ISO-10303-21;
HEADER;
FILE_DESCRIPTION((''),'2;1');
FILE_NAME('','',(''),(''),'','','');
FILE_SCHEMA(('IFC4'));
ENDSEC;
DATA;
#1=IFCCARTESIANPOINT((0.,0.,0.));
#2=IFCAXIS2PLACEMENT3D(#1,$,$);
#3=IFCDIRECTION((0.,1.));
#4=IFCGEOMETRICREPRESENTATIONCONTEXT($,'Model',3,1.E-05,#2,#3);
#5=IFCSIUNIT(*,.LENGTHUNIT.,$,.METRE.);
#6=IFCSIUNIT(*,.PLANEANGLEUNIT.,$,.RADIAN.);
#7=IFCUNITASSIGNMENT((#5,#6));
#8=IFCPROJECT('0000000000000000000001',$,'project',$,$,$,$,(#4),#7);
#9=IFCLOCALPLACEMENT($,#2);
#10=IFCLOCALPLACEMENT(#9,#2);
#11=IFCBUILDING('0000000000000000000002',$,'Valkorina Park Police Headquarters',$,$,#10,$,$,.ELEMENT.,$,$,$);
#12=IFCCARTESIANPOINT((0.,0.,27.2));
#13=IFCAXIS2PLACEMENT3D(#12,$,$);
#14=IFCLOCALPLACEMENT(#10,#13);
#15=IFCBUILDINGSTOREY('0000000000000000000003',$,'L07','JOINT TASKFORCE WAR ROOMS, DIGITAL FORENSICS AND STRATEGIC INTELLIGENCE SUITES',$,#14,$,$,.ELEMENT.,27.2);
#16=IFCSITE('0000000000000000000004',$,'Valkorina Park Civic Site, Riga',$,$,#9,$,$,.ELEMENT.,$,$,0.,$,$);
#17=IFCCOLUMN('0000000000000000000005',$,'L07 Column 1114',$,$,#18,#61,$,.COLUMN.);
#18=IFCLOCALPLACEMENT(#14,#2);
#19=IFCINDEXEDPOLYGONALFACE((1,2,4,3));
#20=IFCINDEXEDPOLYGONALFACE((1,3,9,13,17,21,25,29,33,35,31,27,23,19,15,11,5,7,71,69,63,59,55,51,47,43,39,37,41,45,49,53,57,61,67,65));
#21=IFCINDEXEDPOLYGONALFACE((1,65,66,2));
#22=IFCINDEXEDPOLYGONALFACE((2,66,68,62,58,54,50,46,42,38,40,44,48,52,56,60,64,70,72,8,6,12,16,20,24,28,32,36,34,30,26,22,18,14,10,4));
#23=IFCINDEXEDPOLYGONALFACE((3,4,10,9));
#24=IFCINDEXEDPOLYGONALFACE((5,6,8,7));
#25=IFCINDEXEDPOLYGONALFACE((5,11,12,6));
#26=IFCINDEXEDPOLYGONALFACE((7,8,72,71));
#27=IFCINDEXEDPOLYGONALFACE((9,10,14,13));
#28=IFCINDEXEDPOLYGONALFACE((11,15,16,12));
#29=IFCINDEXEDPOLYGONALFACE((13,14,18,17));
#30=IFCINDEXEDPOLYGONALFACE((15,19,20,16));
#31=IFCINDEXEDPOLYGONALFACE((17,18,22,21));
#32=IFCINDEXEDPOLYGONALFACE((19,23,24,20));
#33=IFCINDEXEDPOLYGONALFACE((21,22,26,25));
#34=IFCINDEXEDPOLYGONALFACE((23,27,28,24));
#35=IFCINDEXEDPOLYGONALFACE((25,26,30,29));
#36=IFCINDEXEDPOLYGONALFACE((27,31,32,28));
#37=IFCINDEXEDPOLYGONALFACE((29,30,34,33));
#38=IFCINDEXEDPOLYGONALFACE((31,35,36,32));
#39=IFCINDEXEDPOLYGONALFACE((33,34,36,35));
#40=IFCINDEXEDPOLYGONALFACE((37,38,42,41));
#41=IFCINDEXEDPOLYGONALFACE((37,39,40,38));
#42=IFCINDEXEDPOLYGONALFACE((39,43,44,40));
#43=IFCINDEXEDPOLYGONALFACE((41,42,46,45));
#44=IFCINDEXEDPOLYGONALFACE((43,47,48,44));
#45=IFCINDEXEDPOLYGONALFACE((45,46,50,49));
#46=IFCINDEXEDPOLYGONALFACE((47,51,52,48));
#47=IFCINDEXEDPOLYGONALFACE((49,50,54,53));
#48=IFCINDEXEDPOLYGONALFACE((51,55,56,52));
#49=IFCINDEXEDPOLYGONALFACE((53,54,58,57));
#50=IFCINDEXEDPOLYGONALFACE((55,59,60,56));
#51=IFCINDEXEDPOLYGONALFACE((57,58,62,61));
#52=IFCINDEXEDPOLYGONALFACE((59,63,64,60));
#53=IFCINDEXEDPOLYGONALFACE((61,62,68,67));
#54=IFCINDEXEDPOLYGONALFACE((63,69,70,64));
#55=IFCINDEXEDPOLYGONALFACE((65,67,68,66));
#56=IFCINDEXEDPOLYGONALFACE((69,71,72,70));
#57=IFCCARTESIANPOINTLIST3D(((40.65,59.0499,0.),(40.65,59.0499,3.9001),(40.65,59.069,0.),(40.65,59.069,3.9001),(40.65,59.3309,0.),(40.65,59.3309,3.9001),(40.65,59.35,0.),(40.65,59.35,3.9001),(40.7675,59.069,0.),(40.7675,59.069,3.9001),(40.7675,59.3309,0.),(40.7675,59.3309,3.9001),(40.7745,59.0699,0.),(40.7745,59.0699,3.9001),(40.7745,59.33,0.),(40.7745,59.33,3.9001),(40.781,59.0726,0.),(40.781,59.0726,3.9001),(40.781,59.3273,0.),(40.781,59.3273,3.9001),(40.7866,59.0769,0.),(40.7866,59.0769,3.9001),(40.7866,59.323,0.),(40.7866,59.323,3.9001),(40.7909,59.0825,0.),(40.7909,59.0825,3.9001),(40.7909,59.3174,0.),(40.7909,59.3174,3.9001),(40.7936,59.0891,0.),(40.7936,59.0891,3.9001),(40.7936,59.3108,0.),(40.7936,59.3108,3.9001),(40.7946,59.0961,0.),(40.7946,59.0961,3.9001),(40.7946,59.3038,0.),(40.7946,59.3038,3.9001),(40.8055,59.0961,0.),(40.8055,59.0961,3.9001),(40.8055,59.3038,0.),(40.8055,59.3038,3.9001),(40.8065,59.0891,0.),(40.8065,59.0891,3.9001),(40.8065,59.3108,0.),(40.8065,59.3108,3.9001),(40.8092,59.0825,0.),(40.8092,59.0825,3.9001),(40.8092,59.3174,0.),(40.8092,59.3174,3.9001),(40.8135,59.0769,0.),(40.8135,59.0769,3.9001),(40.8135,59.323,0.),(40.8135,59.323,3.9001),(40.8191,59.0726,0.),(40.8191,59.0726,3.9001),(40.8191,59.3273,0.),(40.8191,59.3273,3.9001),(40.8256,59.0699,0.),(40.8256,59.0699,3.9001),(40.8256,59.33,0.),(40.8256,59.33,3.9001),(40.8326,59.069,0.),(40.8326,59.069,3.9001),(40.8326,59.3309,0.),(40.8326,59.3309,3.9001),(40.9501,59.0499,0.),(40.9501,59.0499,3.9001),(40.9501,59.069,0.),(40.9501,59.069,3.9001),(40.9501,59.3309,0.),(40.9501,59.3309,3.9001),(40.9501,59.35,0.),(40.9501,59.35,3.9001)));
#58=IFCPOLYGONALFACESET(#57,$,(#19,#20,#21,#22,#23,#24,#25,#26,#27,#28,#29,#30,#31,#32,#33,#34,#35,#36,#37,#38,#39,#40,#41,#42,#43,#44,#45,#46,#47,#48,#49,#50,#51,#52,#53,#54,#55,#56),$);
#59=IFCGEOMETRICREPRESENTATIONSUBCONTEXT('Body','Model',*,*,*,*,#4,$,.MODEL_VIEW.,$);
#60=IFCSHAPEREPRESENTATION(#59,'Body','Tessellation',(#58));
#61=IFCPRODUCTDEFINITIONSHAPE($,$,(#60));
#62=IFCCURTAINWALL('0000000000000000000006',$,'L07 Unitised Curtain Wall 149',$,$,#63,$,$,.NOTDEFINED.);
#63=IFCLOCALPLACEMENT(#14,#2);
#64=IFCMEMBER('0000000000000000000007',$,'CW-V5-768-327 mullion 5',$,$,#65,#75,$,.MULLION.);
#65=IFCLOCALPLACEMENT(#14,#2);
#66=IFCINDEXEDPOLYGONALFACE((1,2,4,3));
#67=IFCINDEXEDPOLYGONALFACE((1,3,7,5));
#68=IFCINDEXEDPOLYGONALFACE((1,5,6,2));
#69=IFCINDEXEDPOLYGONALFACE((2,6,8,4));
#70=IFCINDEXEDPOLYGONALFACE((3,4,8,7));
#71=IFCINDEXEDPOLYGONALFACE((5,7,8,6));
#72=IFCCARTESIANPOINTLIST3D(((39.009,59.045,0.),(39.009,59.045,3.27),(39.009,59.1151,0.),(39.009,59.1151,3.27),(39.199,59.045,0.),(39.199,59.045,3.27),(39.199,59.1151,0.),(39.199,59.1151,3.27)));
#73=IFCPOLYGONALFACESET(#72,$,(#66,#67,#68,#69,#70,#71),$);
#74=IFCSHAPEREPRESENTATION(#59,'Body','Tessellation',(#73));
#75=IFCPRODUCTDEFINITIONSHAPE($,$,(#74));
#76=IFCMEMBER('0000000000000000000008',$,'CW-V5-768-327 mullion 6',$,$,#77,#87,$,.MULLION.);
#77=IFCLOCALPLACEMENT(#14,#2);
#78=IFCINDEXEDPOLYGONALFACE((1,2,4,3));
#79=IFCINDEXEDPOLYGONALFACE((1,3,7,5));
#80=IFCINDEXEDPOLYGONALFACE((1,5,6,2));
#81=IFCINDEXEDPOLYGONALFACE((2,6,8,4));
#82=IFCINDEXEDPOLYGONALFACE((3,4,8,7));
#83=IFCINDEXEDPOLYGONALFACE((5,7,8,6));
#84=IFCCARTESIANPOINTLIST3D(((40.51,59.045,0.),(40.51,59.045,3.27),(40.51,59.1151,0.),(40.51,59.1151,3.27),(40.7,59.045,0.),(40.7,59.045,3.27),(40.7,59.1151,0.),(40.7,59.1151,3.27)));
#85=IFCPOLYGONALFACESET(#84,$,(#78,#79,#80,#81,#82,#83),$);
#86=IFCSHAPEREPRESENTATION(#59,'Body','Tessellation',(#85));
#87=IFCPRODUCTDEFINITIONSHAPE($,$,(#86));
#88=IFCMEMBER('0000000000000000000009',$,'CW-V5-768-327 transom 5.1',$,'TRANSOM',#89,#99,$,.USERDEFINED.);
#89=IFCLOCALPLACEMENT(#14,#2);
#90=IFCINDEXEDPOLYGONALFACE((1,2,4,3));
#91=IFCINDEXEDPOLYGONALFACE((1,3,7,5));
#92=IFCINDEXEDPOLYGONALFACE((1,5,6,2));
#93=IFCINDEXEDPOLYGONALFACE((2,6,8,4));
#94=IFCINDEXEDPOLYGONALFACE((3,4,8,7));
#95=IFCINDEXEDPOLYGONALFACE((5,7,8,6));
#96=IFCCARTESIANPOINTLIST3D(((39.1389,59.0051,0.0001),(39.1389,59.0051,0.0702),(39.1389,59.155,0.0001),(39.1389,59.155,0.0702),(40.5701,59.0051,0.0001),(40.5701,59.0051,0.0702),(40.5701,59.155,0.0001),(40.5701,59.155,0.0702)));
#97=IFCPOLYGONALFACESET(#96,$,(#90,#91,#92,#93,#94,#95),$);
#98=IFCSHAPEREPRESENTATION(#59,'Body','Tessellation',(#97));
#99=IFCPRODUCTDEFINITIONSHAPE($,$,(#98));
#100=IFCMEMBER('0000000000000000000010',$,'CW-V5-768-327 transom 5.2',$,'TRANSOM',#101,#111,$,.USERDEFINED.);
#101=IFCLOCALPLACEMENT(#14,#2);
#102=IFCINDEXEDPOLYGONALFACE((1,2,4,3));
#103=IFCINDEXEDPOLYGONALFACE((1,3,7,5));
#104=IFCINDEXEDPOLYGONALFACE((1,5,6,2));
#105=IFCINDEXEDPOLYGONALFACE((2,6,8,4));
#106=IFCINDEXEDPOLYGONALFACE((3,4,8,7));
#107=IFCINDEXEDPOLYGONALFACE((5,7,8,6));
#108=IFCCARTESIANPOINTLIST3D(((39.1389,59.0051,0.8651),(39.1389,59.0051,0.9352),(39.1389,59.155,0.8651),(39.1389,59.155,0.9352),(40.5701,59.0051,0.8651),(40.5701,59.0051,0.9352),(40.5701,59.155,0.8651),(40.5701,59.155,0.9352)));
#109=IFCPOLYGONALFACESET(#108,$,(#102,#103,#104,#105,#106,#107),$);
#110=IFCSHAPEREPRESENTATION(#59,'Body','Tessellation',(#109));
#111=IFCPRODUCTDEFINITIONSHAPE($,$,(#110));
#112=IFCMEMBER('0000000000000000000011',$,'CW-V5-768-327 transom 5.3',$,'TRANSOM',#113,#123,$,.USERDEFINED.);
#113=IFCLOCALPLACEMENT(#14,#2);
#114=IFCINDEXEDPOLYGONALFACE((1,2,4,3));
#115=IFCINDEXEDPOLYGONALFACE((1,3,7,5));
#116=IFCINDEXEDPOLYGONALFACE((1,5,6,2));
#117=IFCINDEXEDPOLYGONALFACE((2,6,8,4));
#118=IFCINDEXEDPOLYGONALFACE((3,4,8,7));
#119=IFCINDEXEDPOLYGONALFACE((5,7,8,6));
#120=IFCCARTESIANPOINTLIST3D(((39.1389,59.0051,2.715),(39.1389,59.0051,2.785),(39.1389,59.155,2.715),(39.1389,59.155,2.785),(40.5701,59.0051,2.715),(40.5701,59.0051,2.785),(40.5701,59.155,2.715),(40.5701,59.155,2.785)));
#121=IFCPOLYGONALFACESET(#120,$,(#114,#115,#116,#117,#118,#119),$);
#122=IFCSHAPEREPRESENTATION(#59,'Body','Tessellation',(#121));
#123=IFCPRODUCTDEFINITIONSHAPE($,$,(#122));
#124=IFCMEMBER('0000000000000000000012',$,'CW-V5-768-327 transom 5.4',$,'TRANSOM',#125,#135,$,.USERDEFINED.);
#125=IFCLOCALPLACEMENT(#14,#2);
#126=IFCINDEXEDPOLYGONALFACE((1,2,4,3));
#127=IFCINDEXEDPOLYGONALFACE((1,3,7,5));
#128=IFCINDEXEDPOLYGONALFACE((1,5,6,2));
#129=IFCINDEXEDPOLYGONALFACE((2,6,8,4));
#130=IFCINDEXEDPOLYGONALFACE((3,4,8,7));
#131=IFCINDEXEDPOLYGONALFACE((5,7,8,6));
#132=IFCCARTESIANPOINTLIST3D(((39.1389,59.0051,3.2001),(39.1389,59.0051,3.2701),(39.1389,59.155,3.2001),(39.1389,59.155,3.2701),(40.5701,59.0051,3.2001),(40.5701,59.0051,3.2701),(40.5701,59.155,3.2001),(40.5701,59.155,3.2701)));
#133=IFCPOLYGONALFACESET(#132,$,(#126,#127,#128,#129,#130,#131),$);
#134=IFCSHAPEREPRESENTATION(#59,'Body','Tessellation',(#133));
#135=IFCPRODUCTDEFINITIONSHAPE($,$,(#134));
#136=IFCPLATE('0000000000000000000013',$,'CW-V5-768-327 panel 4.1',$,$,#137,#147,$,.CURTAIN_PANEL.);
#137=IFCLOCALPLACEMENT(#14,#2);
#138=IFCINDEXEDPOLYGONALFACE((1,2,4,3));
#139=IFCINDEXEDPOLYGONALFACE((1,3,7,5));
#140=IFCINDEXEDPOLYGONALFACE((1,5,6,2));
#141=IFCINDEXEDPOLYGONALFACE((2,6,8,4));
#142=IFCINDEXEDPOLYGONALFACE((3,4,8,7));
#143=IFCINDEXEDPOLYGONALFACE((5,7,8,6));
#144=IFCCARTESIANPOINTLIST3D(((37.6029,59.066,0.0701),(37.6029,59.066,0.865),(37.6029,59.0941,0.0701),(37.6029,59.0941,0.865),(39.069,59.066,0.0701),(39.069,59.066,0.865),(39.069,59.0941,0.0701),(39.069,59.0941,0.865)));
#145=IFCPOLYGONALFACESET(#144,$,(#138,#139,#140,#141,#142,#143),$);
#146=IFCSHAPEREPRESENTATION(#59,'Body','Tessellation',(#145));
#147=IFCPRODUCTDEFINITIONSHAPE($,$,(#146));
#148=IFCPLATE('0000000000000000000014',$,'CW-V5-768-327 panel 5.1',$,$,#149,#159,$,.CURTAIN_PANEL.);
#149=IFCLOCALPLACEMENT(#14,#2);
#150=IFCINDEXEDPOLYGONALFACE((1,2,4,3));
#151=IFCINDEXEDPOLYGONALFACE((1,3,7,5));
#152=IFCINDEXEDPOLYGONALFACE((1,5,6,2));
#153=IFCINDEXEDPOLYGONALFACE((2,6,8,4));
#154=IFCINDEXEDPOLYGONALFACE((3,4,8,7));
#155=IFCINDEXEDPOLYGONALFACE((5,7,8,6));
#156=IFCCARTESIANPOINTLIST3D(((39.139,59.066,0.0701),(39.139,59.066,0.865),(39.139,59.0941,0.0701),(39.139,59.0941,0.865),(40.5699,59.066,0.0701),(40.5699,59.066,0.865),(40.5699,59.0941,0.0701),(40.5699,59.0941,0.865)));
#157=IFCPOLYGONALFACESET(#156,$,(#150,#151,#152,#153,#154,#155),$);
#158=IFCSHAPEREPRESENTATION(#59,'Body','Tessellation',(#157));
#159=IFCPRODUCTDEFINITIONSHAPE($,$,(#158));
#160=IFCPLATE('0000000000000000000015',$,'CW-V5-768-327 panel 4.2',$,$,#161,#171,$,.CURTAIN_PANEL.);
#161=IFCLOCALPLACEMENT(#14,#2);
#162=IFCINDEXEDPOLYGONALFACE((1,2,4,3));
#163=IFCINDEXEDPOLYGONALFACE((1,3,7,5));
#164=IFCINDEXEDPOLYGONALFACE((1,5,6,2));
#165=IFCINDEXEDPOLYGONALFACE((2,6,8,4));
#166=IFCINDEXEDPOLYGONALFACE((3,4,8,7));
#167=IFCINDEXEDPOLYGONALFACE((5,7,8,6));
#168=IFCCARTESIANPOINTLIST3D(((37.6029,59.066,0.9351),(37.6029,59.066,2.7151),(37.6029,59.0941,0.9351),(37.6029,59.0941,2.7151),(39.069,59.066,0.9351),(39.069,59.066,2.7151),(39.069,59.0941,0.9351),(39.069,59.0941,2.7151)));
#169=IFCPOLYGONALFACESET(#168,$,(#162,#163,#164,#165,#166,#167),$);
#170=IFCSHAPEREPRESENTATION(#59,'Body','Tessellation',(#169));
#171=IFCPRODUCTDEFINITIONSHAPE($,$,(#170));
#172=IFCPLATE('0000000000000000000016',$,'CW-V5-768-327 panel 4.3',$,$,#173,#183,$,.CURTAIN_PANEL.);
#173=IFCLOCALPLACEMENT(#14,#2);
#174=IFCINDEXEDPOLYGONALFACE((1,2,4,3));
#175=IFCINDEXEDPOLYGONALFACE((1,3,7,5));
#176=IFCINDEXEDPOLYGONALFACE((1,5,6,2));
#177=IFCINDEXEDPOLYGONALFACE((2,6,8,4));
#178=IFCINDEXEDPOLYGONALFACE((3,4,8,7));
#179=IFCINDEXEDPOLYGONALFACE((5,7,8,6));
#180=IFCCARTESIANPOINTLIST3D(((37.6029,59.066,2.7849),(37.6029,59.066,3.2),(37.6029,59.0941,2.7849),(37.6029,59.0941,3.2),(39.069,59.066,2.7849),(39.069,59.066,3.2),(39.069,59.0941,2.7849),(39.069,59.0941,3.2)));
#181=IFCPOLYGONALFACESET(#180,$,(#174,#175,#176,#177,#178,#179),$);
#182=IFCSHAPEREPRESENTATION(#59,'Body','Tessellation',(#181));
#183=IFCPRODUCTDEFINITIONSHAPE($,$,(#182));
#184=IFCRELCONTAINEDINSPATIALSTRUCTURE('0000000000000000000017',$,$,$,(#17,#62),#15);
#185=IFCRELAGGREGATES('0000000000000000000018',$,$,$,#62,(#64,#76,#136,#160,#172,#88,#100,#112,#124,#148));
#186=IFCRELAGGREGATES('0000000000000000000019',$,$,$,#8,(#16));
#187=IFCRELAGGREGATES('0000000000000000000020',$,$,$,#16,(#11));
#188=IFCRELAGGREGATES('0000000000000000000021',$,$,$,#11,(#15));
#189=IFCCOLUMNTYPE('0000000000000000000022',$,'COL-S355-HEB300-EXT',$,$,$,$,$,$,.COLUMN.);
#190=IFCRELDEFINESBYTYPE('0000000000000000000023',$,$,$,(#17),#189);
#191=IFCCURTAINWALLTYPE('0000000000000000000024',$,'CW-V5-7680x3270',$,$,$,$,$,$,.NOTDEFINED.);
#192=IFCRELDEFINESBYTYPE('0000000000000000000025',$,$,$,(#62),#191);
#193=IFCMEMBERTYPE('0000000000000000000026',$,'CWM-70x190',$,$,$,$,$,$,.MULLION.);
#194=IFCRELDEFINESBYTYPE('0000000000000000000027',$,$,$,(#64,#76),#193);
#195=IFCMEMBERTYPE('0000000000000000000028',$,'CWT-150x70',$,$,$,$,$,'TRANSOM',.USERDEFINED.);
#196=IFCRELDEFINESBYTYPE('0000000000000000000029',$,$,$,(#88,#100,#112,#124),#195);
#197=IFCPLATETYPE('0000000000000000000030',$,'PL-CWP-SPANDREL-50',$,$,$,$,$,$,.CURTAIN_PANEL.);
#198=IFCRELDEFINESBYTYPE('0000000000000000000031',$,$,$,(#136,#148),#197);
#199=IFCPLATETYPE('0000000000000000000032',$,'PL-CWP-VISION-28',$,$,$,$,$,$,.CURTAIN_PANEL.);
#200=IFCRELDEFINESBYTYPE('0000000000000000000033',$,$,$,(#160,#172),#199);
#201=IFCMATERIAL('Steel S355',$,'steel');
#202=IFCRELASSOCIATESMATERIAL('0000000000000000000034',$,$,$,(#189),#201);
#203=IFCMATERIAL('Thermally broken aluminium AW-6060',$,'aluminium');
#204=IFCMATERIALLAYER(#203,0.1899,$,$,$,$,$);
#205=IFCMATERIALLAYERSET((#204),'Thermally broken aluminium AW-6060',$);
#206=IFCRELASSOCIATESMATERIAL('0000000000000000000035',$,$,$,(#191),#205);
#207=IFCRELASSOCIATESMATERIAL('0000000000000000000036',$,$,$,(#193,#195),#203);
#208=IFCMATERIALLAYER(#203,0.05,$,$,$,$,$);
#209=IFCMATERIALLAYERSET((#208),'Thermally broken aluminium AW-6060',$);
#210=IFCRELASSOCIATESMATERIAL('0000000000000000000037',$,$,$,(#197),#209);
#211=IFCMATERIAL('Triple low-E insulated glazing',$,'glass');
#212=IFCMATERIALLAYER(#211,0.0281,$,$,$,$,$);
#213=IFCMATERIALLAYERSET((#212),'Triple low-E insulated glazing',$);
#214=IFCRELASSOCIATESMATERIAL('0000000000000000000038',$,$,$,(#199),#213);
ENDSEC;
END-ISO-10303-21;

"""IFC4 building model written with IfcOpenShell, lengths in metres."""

from ifc_helpers import new_model, si_unit, direction, frame, origin, origin_2d, place, context, subcontext, project, spatial, rectangle, i_section, extrude, material, layer, layer_set, material_profile, profile_set, type_object, element, aggregate, save


model = new_model("IFC4")

# Units and contexts
model_context = context("Model", 3, precision=1e-05, world=origin(), true_north=direction((0.0, 1.0)))
body_context = subcontext(model_context, "Body", "Model", "MODEL_VIEW")
ifc_project = project(units=[si_unit("LENGTHUNIT", "METRE"), si_unit("PLANEANGLEUNIT", "RADIAN")], contexts=[model_context])

# Site, building, storey
site_placement = place(None, origin())
site = spatial("IfcSite", under=ifc_project, at=site_placement, Name="Valkorina Park Civic Site, Riga", CompositionType="ELEMENT", RefElevation=0.0)
building_placement = place(site_placement, origin())
building = spatial("IfcBuilding", under=site, at=building_placement, Name="Valkorina Park Police Headquarters", CompositionType="ELEMENT")
storey_placement = place(building_placement, frame((0.0, 0.0, 27.2)))
storey = spatial("IfcBuildingStorey", under=building, at=storey_placement, Name="L07", Description="JOINT TASKFORCE WAR ROOMS, DIGITAL FORENSICS AND STRATEGIC INTELLIGENCE SUITES", CompositionType="ELEMENT", Elevation=27.2)

# Column
ifc_material_1 = material(Name="Steel S355", Category="steel")
ifc_material_profile_1 = material_profile(ifc_material_1, i_section(OverallWidth=0.3, OverallDepth=0.3, WebThickness=0.011, FlangeThickness=0.019, FilletRadius=0.0271, at=origin_2d()), Name="HEB 300")
ifc_profile_set_1 = profile_set([ifc_material_profile_1], Name="Steel S355")
column_type = type_object("IfcColumnType", Name="COL-S355-HEB300-EXT", PredefinedType="COLUMN", material=ifc_profile_set_1)
column_placement = place(storey_placement, frame((40.8, 59.2, 0.0), z_axis=(0.0, 0.0, 1.0), x_axis=(1.0, 0.0, 0.0)))
element("IfcColumn", 1, at=column_placement, inside=storey, type_object=column_type, Name="L07 Column 1114", PredefinedType="COLUMN", context=body_context, shape_type="SweptSolid", body=[
    extrude(i_section(OverallWidth=0.3, OverallDepth=0.3, WebThickness=0.011, FlangeThickness=0.019, FilletRadius=0.0271, at=origin_2d()), origin(), (0.0, 0.0, 1.0), 3.9001),
])

# Curtain wall, members, plates
ifc_material_2 = material(Name="Thermally broken aluminium AW-6060", Category="aluminium")
ifc_layer_1 = layer(ifc_material_2, 0.1899)
ifc_layer_set_1 = layer_set([ifc_layer_1], Name="Thermally broken aluminium AW-6060")
curtain_wall_type = type_object("IfcCurtainWallType", Name="CW-V5-7680x3270", PredefinedType="NOTDEFINED", material=ifc_layer_set_1)
curtain_wall_placement = place(storey_placement, origin())
curtain_wall = element("IfcCurtainWall", 2, at=curtain_wall_placement, inside=storey, type_object=curtain_wall_type, Name="L07 Unitised Curtain Wall 149", PredefinedType="NOTDEFINED")
ifc_material_profile_2 = material_profile(ifc_material_2, rectangle(XDim=0.0701, YDim=0.1899, at=origin_2d()), Name="CWM-02 70x190")
ifc_profile_set_2 = profile_set([ifc_material_profile_2], Name="Thermally broken aluminium AW-6060")
member_type_1 = type_object("IfcMemberType", Name="CWM-70x190", PredefinedType="MULLION", material=ifc_profile_set_2)
member_1_placement = place(storey_placement, frame((39.104, 59.0801, 0.0), z_axis=(0.0, 0.0, 1.0), x_axis=(0.0, 1.0, 0.0)))
member_1 = element("IfcMember", 3, at=member_1_placement, type_object=member_type_1, Name="CW-V5-768-327 mullion 5", PredefinedType="MULLION", context=body_context, shape_type="SweptSolid", body=[
    extrude(rectangle(XDim=0.0701, YDim=0.1899, at=origin_2d()), origin(), (0.0, 0.0, 1.0), 3.27),
])
member_2_placement = place(storey_placement, frame((40.605, 59.0801, 0.0), z_axis=(0.0, 0.0, 1.0), x_axis=(0.0, 1.0, 0.0)))
member_2 = element("IfcMember", 4, at=member_2_placement, type_object=member_type_1, Name="CW-V5-768-327 mullion 6", PredefinedType="MULLION", context=body_context, shape_type="SweptSolid", body=[
    extrude(rectangle(XDim=0.0701, YDim=0.1899, at=origin_2d()), origin(), (0.0, 0.0, 1.0), 3.27),
])
ifc_material_profile_3 = material_profile(ifc_material_2, rectangle(XDim=0.1499, YDim=0.0701, at=origin_2d()), Name="CWT-02 150x70")
ifc_profile_set_3 = profile_set([ifc_material_profile_3], Name="Thermally broken aluminium AW-6060")
member_type_2 = type_object("IfcMemberType", Name="CWT-150x70", ElementType="TRANSOM", PredefinedType="USERDEFINED", material=ifc_profile_set_3)
member_3_placement = place(storey_placement, frame((39.1389, 59.0801, 0.0352), z_axis=(1.0, 0.0, 0.0), x_axis=(0.0, 1.0, 0.0)))
member_3 = element("IfcMember", 5, at=member_3_placement, type_object=member_type_2, Name="CW-V5-768-327 transom 5.1", ObjectType="TRANSOM", PredefinedType="USERDEFINED", context=body_context, shape_type="SweptSolid", body=[
    extrude(rectangle(XDim=0.1499, YDim=0.0701, at=origin_2d()), origin(), (0.0, 0.0, 1.0), 1.4312),
])
member_4_placement = place(storey_placement, frame((39.1389, 59.0801, 0.9001), z_axis=(1.0, 0.0, 0.0), x_axis=(0.0, 1.0, 0.0)))
member_4 = element("IfcMember", 6, at=member_4_placement, type_object=member_type_2, Name="CW-V5-768-327 transom 5.2", ObjectType="TRANSOM", PredefinedType="USERDEFINED", context=body_context, shape_type="SweptSolid", body=[
    extrude(rectangle(XDim=0.1499, YDim=0.0701, at=origin_2d()), origin(), (0.0, 0.0, 1.0), 1.4312),
])
member_5_placement = place(storey_placement, frame((39.1389, 59.0801, 2.75), z_axis=(1.0, 0.0, 0.0), x_axis=(0.0, 1.0, 0.0)))
member_5 = element("IfcMember", 7, at=member_5_placement, type_object=member_type_2, Name="CW-V5-768-327 transom 5.3", ObjectType="TRANSOM", PredefinedType="USERDEFINED", context=body_context, shape_type="SweptSolid", body=[
    extrude(rectangle(XDim=0.1499, YDim=0.0701, at=origin_2d()), origin(), (0.0, 0.0, 1.0), 1.4312),
])
member_6_placement = place(storey_placement, frame((39.1389, 59.0801, 3.2351), z_axis=(1.0, 0.0, 0.0), x_axis=(0.0, 1.0, 0.0)))
member_6 = element("IfcMember", 8, at=member_6_placement, type_object=member_type_2, Name="CW-V5-768-327 transom 5.4", ObjectType="TRANSOM", PredefinedType="USERDEFINED", context=body_context, shape_type="SweptSolid", body=[
    extrude(rectangle(XDim=0.1499, YDim=0.0701, at=origin_2d()), origin(), (0.0, 0.0, 1.0), 1.4312),
])
ifc_layer_2 = layer(ifc_material_2, 0.05)
ifc_layer_set_2 = layer_set([ifc_layer_2], Name="Thermally broken aluminium AW-6060")
plate_type_1 = type_object("IfcPlateType", Name="PL-CWP-SPANDREL-50", PredefinedType="CURTAIN_PANEL", material=ifc_layer_set_2)
plate_1_placement = place(storey_placement, frame((38.3359, 59.0801, 0.0701), z_axis=(0.0, 0.0, 1.0), x_axis=(1.0, 0.0, 0.0)))
plate_1 = element("IfcPlate", 9, at=plate_1_placement, type_object=plate_type_1, Name="CW-V5-768-327 panel 4.1", PredefinedType="CURTAIN_PANEL", context=body_context, shape_type="SweptSolid", body=[
    extrude(rectangle(XDim=1.4661, YDim=0.0281, at=origin_2d()), origin(), (0.0, 0.0, 1.0), 0.7949),
])
plate_2_placement = place(storey_placement, frame((39.8545, 59.0801, 0.0701), z_axis=(0.0, 0.0, 1.0), x_axis=(1.0, 0.0, 0.0)))
plate_2 = element("IfcPlate", 10, at=plate_2_placement, type_object=plate_type_1, Name="CW-V5-768-327 panel 5.1", PredefinedType="CURTAIN_PANEL", context=body_context, shape_type="SweptSolid", body=[
    extrude(rectangle(XDim=1.4309, YDim=0.0281, at=origin_2d()), origin(), (0.0, 0.0, 1.0), 0.7949),
])
ifc_material_3 = material(Name="Triple low-E insulated glazing", Category="glass")
ifc_layer_3 = layer(ifc_material_3, 0.0281)
ifc_layer_set_3 = layer_set([ifc_layer_3], Name="Triple low-E insulated glazing")
plate_type_2 = type_object("IfcPlateType", Name="PL-CWP-VISION-28", PredefinedType="CURTAIN_PANEL", material=ifc_layer_set_3)
plate_3_placement = place(storey_placement, frame((38.3359, 59.0801, 0.9351), z_axis=(0.0, 0.0, 1.0), x_axis=(1.0, 0.0, 0.0)))
plate_3 = element("IfcPlate", 11, at=plate_3_placement, type_object=plate_type_2, Name="CW-V5-768-327 panel 4.2", PredefinedType="CURTAIN_PANEL", context=body_context, shape_type="SweptSolid", body=[
    extrude(rectangle(XDim=1.4661, YDim=0.0281, at=origin_2d()), origin(), (0.0, 0.0, 1.0), 1.78),
])
plate_4_placement = place(storey_placement, frame((38.3359, 59.0801, 2.7849), z_axis=(0.0, 0.0, 1.0), x_axis=(1.0, 0.0, 0.0)))
plate_4 = element("IfcPlate", 12, at=plate_4_placement, type_object=plate_type_2, Name="CW-V5-768-327 panel 4.3", PredefinedType="CURTAIN_PANEL", context=body_context, shape_type="SweptSolid", body=[
    extrude(rectangle(XDim=1.4661, YDim=0.0281, at=origin_2d()), origin(), (0.0, 0.0, 1.0), 0.415),
])
aggregate(curtain_wall, [member_1, member_2, plate_1, plate_3, plate_4, member_3, member_4, member_5, member_6, plate_2])

save(model, "model.ifc")
